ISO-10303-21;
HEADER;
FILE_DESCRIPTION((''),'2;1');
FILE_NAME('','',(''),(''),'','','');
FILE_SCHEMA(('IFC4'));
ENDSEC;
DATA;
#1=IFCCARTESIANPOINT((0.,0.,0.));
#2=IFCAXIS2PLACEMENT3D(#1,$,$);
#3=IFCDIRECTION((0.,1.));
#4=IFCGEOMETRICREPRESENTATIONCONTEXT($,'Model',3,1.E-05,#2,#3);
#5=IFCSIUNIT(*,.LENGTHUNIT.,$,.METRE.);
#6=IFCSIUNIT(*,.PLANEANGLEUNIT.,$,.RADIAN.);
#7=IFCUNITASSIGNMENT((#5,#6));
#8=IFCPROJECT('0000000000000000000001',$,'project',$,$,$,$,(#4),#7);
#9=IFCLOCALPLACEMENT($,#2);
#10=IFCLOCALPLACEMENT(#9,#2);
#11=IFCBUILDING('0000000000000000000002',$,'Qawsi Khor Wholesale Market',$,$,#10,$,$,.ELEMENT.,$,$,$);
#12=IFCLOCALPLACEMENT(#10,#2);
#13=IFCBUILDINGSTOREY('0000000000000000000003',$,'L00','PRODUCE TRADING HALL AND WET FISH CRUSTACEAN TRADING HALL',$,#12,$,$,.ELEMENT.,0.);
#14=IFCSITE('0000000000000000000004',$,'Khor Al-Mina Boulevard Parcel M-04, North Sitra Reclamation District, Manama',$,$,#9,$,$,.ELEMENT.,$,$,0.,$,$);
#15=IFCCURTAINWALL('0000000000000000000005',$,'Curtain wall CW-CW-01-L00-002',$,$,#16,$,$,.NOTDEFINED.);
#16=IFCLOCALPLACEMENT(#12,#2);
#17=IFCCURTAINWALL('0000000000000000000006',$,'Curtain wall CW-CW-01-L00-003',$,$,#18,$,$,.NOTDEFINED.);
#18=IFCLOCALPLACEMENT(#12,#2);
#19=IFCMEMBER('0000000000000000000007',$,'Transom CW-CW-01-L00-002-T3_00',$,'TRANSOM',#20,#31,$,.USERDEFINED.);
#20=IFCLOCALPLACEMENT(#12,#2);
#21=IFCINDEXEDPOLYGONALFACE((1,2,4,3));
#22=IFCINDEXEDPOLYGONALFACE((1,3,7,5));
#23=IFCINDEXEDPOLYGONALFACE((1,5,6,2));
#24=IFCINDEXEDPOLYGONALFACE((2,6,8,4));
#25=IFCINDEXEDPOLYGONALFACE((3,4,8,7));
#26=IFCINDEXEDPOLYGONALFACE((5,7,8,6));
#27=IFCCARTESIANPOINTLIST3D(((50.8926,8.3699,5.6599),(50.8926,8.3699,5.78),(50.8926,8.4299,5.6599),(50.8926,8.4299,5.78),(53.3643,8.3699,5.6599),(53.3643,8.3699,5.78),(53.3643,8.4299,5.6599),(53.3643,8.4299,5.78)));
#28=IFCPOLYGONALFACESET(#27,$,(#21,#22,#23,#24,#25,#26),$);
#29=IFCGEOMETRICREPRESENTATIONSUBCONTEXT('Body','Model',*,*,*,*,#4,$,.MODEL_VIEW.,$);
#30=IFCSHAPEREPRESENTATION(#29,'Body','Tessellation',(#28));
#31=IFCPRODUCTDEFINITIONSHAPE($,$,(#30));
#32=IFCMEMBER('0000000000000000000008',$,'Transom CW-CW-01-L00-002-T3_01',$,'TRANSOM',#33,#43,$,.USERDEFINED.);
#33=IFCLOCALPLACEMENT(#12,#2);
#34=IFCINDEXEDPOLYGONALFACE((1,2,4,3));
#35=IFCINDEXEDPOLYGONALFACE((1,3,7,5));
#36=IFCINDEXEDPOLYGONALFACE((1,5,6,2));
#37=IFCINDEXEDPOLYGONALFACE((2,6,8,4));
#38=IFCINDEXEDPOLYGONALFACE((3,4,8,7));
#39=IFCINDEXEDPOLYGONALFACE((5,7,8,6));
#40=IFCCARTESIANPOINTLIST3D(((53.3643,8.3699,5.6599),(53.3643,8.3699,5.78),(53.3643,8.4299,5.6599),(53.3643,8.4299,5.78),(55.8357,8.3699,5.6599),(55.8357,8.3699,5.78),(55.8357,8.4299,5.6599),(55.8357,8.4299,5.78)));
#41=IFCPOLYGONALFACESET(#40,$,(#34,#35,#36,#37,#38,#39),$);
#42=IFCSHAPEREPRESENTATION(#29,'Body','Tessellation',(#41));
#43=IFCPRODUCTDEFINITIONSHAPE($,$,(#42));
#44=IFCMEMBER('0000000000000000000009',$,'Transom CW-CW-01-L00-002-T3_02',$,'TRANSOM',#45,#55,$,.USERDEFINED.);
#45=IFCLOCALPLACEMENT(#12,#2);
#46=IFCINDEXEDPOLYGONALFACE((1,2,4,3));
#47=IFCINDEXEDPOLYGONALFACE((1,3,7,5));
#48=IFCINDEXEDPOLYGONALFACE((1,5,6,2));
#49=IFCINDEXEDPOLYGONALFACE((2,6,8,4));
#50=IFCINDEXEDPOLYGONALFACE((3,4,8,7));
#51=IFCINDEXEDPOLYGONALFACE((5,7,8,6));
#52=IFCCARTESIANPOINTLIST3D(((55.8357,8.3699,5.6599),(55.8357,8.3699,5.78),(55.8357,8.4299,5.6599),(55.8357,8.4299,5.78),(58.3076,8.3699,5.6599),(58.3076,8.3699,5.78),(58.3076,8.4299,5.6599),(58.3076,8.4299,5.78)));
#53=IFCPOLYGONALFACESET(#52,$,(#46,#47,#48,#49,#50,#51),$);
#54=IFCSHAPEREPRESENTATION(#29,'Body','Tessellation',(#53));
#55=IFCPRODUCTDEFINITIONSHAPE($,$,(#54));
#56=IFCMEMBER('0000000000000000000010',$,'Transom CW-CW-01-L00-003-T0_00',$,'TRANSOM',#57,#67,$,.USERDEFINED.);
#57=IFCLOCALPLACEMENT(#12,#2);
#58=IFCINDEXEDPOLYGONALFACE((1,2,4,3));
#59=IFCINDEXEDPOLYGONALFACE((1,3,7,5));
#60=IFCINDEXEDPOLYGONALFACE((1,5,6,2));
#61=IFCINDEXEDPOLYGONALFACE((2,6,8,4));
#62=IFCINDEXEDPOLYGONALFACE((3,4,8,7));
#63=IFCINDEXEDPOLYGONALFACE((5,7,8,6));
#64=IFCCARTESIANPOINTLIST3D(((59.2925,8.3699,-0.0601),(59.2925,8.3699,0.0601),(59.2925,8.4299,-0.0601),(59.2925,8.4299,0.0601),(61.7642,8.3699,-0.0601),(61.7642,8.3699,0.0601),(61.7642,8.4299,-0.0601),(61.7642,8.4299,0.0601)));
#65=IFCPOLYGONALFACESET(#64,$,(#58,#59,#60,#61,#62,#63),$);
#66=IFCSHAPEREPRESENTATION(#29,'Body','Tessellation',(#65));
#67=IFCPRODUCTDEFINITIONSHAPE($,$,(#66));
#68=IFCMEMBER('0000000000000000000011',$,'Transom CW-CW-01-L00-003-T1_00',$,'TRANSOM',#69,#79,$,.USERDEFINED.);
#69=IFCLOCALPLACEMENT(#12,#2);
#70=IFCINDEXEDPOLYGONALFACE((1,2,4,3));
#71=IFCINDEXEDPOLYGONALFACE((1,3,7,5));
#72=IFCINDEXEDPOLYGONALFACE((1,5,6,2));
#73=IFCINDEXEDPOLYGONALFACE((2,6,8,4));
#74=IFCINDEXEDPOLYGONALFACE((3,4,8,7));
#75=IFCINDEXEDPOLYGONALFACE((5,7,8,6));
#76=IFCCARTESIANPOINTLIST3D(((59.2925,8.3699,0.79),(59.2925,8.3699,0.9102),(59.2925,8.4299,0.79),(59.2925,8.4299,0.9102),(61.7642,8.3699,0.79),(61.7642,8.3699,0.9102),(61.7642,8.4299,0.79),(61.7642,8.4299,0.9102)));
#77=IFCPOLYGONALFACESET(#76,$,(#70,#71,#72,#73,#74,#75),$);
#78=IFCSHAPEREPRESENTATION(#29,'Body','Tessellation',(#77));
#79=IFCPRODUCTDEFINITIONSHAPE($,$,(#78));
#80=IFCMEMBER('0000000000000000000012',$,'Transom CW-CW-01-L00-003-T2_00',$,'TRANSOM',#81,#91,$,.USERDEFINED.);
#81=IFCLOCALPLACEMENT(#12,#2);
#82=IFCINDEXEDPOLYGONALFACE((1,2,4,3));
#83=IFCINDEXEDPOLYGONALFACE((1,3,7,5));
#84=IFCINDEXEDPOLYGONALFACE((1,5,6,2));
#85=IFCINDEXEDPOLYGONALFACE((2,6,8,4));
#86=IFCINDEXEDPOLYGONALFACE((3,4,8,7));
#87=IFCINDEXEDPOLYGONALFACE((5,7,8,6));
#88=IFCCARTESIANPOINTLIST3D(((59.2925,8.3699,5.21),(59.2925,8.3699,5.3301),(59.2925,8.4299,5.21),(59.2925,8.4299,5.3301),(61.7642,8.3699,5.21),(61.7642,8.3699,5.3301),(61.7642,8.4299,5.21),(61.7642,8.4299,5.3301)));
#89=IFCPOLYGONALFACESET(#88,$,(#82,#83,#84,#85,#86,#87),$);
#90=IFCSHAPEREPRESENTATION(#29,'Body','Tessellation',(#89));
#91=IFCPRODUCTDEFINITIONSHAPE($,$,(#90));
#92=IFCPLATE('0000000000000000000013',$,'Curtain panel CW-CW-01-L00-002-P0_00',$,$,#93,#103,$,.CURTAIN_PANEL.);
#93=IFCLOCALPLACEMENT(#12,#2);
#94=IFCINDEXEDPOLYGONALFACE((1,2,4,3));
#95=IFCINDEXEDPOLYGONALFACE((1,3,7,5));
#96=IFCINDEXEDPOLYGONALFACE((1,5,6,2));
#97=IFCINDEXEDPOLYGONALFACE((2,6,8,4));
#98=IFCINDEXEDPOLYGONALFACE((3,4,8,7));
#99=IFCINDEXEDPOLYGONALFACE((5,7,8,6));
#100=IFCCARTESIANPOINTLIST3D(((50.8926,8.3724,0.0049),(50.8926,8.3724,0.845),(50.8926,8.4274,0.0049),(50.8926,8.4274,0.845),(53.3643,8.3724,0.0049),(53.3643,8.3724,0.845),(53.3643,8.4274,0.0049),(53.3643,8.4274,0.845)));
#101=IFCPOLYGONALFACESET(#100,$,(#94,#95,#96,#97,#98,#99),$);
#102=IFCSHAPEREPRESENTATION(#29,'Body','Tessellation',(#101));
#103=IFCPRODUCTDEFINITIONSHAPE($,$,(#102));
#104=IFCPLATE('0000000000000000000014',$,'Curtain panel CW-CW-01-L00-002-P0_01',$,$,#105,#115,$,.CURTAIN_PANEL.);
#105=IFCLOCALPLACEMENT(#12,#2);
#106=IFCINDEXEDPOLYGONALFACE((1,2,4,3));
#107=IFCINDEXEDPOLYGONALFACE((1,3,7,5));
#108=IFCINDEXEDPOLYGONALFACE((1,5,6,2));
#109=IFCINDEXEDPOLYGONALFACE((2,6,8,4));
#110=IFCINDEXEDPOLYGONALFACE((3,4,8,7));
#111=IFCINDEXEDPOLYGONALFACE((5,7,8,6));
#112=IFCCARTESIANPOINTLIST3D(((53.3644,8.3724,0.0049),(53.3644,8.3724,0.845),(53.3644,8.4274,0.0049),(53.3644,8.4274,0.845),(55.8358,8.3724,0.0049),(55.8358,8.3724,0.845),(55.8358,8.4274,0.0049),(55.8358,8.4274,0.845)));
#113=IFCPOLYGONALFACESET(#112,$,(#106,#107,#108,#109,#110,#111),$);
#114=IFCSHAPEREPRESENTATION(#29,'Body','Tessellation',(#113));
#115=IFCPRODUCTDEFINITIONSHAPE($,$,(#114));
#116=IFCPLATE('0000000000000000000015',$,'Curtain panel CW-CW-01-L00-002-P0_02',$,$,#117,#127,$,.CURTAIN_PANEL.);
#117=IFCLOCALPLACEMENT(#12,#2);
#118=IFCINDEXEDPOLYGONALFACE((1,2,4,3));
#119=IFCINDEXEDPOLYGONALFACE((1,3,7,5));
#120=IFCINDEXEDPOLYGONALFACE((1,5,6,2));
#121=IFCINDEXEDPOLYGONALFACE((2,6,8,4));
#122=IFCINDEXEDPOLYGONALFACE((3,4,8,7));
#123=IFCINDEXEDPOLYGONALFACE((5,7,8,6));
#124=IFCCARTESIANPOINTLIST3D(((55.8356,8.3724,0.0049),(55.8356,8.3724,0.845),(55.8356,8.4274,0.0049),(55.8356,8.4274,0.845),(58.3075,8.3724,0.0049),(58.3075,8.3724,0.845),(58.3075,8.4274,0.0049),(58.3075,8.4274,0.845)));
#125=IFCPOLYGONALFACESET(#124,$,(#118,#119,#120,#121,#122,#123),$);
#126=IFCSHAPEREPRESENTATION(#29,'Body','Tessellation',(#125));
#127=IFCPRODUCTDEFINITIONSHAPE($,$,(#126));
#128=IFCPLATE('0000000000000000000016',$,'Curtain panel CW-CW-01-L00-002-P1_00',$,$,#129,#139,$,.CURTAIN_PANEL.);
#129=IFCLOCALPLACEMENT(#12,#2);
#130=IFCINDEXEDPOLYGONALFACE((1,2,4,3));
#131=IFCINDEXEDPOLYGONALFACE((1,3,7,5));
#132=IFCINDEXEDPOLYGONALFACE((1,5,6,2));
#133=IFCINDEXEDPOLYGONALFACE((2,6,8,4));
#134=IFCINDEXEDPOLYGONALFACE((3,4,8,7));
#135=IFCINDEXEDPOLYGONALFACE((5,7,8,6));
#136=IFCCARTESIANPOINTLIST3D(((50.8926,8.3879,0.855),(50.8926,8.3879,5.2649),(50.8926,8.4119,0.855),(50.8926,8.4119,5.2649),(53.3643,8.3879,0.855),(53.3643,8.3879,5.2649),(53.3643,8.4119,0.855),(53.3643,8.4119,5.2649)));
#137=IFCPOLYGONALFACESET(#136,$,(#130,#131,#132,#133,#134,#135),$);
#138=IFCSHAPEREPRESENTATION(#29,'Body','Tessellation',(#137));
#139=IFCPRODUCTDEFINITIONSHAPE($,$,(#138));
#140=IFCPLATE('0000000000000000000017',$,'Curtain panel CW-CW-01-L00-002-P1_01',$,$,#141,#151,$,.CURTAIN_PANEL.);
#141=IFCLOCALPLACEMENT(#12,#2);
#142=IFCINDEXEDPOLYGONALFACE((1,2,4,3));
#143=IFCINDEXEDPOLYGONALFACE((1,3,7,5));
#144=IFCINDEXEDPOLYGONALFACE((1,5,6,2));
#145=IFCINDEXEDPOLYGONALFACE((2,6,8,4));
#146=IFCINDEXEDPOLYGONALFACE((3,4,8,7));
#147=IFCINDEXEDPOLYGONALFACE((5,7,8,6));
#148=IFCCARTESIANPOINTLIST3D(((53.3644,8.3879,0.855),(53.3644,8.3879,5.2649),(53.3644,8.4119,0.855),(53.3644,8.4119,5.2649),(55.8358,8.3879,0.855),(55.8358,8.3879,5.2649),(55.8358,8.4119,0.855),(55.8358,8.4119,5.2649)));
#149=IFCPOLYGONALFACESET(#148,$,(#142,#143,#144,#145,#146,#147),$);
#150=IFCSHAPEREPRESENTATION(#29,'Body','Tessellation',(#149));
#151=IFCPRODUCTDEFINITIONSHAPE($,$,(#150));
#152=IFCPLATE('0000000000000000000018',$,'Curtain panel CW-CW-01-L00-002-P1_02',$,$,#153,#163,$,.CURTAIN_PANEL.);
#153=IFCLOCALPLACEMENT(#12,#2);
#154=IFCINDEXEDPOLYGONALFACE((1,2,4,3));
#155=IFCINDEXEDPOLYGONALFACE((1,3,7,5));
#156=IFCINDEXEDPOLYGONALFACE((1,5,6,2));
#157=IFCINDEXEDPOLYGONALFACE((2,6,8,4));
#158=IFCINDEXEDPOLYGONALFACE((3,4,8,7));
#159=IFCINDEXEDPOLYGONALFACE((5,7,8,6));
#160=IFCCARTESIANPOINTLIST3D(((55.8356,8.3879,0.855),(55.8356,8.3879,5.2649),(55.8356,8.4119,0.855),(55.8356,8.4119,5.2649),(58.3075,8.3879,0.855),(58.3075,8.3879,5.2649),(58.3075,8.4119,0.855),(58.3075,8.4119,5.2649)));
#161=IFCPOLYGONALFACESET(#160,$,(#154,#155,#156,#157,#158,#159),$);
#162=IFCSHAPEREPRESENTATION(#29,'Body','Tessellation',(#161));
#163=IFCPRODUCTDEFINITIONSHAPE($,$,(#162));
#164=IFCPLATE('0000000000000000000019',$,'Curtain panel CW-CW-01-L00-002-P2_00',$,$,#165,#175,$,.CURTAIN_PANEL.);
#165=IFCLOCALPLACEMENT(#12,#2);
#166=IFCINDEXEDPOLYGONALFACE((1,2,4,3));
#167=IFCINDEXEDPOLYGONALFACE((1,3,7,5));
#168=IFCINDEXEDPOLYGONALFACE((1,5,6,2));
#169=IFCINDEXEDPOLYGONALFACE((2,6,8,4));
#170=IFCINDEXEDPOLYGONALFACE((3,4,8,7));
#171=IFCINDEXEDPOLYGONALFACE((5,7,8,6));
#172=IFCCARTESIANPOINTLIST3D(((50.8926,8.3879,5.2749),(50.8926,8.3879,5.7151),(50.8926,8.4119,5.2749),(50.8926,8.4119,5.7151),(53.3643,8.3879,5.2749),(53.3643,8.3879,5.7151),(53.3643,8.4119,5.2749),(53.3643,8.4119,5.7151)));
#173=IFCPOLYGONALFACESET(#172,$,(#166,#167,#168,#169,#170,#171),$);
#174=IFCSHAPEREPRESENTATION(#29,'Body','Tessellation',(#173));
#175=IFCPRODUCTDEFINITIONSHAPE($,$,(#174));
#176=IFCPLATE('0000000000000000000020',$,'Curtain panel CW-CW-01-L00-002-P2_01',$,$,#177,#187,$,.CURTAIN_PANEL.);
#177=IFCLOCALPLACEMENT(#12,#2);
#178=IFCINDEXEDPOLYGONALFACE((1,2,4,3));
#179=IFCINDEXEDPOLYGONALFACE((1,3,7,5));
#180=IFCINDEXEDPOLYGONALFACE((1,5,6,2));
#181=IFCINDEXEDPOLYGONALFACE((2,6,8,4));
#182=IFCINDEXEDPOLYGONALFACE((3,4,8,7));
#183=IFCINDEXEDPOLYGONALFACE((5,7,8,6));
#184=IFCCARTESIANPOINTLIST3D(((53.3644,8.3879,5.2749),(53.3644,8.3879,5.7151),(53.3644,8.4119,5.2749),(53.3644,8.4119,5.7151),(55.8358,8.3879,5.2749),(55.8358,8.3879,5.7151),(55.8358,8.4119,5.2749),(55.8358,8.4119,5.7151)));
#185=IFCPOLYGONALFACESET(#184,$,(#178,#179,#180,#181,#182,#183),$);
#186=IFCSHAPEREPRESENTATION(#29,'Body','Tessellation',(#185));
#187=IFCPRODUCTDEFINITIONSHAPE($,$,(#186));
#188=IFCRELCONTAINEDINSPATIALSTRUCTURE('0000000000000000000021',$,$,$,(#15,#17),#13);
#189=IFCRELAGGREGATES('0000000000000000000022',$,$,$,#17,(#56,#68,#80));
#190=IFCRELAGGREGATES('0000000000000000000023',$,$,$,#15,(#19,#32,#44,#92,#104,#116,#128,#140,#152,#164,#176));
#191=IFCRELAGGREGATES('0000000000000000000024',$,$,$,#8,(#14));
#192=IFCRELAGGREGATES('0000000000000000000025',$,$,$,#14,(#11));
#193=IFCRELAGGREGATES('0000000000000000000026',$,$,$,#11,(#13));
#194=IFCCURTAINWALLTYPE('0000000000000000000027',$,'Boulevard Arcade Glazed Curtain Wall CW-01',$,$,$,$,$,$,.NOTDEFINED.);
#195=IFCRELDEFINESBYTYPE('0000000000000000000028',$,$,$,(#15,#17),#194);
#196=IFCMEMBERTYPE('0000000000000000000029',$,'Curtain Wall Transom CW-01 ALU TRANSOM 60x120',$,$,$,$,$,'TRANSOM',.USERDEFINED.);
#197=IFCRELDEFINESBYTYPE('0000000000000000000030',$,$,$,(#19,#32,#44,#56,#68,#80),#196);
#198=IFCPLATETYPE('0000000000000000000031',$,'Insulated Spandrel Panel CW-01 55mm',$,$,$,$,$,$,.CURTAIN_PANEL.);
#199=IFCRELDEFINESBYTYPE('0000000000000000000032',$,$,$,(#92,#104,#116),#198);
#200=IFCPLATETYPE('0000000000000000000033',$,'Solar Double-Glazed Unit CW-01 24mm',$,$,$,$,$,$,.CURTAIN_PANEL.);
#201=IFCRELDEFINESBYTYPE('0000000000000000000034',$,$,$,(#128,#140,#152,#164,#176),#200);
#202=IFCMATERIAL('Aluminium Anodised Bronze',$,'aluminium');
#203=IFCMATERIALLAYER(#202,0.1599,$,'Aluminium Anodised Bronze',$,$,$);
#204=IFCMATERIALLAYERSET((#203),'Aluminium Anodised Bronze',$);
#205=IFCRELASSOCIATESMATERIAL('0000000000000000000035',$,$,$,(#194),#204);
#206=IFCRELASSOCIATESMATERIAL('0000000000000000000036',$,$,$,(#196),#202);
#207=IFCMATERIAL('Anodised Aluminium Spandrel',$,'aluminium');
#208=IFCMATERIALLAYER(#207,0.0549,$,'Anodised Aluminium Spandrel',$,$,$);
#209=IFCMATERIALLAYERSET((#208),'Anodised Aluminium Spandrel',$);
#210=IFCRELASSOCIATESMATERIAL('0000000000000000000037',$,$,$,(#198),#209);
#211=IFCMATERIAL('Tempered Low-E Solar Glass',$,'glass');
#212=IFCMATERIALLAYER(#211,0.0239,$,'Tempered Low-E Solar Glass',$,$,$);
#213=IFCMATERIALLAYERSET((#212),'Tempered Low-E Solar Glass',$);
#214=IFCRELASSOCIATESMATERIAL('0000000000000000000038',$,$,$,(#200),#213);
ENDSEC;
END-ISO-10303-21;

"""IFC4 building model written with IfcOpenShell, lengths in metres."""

from ifc_helpers import new_model, si_unit, direction, frame, frame_2d, origin, origin_2d, place, context, subcontext, project, spatial, rectangle, extrude, material, layer, layer_set, material_profile, profile_set, type_object, element, aggregate, save


model = new_model("IFC4")

# Units and contexts
model_context = context("Model", 3, precision=1e-05, world=origin(), true_north=direction((0.0, 1.0)))
body_context = subcontext(model_context, "Body", "Model", "MODEL_VIEW")
ifc_project = project(units=[si_unit("LENGTHUNIT", "METRE"), si_unit("PLANEANGLEUNIT", "RADIAN")], contexts=[model_context])

# Site, building, storey
site_placement = place(None, origin())
site = spatial("IfcSite", under=ifc_project, at=site_placement, Name="Khor Al-Mina Boulevard Parcel M-04, North Sitra Reclamation District, Manama", CompositionType="ELEMENT", RefElevation=0.0)
building_placement = place(site_placement, origin())
building = spatial("IfcBuilding", under=site, at=building_placement, Name="Qawsi Khor Wholesale Market", CompositionType="ELEMENT")
storey_placement = place(building_placement, origin())
storey = spatial("IfcBuildingStorey", under=building, at=storey_placement, Name="L00", Description="PRODUCE TRADING HALL AND WET FISH CRUSTACEAN TRADING HALL", CompositionType="ELEMENT", Elevation=0.0)

# Curtain wall
ifc_material_1 = material(Name="Aluminium Anodised Bronze", Category="aluminium")
ifc_layer_1 = layer(ifc_material_1, 0.1599, Name="Aluminium Anodised Bronze")
ifc_layer_set_1 = layer_set([ifc_layer_1], Name="Aluminium Anodised Bronze")
curtain_wall_type = type_object("IfcCurtainWallType", Name="Boulevard Arcade Glazed Curtain Wall CW-01", PredefinedType="NOTDEFINED", material=ifc_layer_set_1)
curtain_wall_1_placement = place(storey_placement, origin())
curtain_wall_1 = element("IfcCurtainWall", 1, at=curtain_wall_1_placement, inside=storey, type_object=curtain_wall_type, Name="Curtain wall CW-CW-01-L00-002", PredefinedType="NOTDEFINED")

# Curtain wall
curtain_wall_2_placement = place(storey_placement, origin())
curtain_wall_2 = element("IfcCurtainWall", 2, at=curtain_wall_2_placement, inside=storey, type_object=curtain_wall_type, Name="Curtain wall CW-CW-01-L00-003", PredefinedType="NOTDEFINED")

# Members
ifc_material_profile_1 = material_profile(ifc_material_1, rectangle(XDim=0.0601, YDim=0.1201, at=origin_2d()), Name="ALU TRANSOM 60x120")
ifc_profile_set_1 = profile_set([ifc_material_profile_1], Name="Aluminium Anodised Bronze")
member_type_1 = type_object("IfcMemberType", Name="Curtain Wall Transom CW-01 ALU TRANSOM 60x120", ElementType="TRANSOM", PredefinedType="USERDEFINED", material=ifc_profile_set_1)
member_1_placement = place(storey_placement, frame((50.8926, 8.3999, 5.72), z_axis=(1.0, 0.0, 0.0), x_axis=(0.0, 1.0, 0.0)))
member_1 = element("IfcMember", 3, at=member_1_placement, type_object=member_type_1, Name="Transom CW-CW-01-L00-002-T3_00", ObjectType="TRANSOM", PredefinedType="USERDEFINED", context=body_context, shape_type="SweptSolid", body=[
    extrude(rectangle(XDim=0.0601, YDim=0.1201, at=origin_2d()), origin(), (0.0, 0.0, 1.0), 2.4717),
])
member_2_placement = place(storey_placement, frame((53.3643, 8.3999, 5.72), z_axis=(1.0, 0.0, 0.0), x_axis=(0.0, 1.0, 0.0)))
member_2 = element("IfcMember", 4, at=member_2_placement, type_object=member_type_1, Name="Transom CW-CW-01-L00-002-T3_01", ObjectType="TRANSOM", PredefinedType="USERDEFINED", context=body_context, shape_type="SweptSolid", body=[
    extrude(rectangle(XDim=0.0601, YDim=0.1201, at=origin_2d()), origin(), (0.0, 0.0, 1.0), 2.4714),
])
member_3_placement = place(storey_placement, frame((55.8357, 8.3999, 5.72), z_axis=(1.0, 0.0, 0.0), x_axis=(0.0, 1.0, 0.0)))
member_3 = element("IfcMember", 5, at=member_3_placement, type_object=member_type_1, Name="Transom CW-CW-01-L00-002-T3_02", ObjectType="TRANSOM", PredefinedType="USERDEFINED", context=body_context, shape_type="SweptSolid", body=[
    extrude(rectangle(XDim=0.0601, YDim=0.1201, at=origin_2d()), origin(), (0.0, 0.0, 1.0), 2.4719),
])
member_4_placement = place(storey_placement, frame((59.2925, 8.3999, 0.0), z_axis=(1.0, 0.0, 0.0), x_axis=(0.0, 1.0, 0.0)))
member_4 = element("IfcMember", 6, at=member_4_placement, type_object=member_type_1, Name="Transom CW-CW-01-L00-003-T0_00", ObjectType="TRANSOM", PredefinedType="USERDEFINED", context=body_context, shape_type="SweptSolid", body=[
    extrude(rectangle(XDim=0.0601, YDim=0.1201, at=origin_2d()), origin(), (0.0, 0.0, 1.0), 2.4717),
])
member_5_placement = place(storey_placement, frame((59.2925, 8.3999, 0.8501), z_axis=(1.0, 0.0, 0.0), x_axis=(0.0, 1.0, 0.0)))
member_5 = element("IfcMember", 7, at=member_5_placement, type_object=member_type_1, Name="Transom CW-CW-01-L00-003-T1_00", ObjectType="TRANSOM", PredefinedType="USERDEFINED", context=body_context, shape_type="SweptSolid", body=[
    extrude(rectangle(XDim=0.0601, YDim=0.1201, at=origin_2d()), origin(), (0.0, 0.0, 1.0), 2.4717),
])
member_6_placement = place(storey_placement, frame((59.2925, 8.3999, 5.27), z_axis=(1.0, 0.0, 0.0), x_axis=(0.0, 1.0, 0.0)))
member_6 = element("IfcMember", 8, at=member_6_placement, type_object=member_type_1, Name="Transom CW-CW-01-L00-003-T2_00", ObjectType="TRANSOM", PredefinedType="USERDEFINED", context=body_context, shape_type="SweptSolid", body=[
    extrude(rectangle(XDim=0.0601, YDim=0.1201, at=origin_2d()), origin(), (0.0, 0.0, 1.0), 2.4717),
])
aggregate(curtain_wall_2, [member_4, member_5, member_6])

# Plates
ifc_material_2 = material(Name="Anodised Aluminium Spandrel", Category="aluminium")
ifc_layer_2 = layer(ifc_material_2, 0.0549, Name="Anodised Aluminium Spandrel")
ifc_layer_set_2 = layer_set([ifc_layer_2], Name="Anodised Aluminium Spandrel")
plate_type_1 = type_object("IfcPlateType", Name="Insulated Spandrel Panel CW-01 55mm", PredefinedType="CURTAIN_PANEL", material=ifc_layer_set_2)
plate_1_placement = place(storey_placement, frame((50.8926, 8.3999, 0.0049), z_axis=(0.0, 0.0, 1.0), x_axis=(1.0, 0.0, 0.0)))
plate_1 = element("IfcPlate", 9, at=plate_1_placement, type_object=plate_type_1, Name="Curtain panel CW-CW-01-L00-002-P0_00", PredefinedType="CURTAIN_PANEL", context=body_context, shape_type="SweptSolid", body=[
    extrude(rectangle(XDim=2.4717, YDim=0.0549, at=frame_2d((1.2358, 0.0))), origin(), (0.0, 0.0, 1.0), 0.8401),
])
plate_2_placement = place(storey_placement, frame((53.3643, 8.3999, 0.0049), z_axis=(0.0, 0.0, 1.0), x_axis=(1.0, 0.0, 0.0)))
plate_2 = element("IfcPlate", 10, at=plate_2_placement, type_object=plate_type_1, Name="Curtain panel CW-CW-01-L00-002-P0_01", PredefinedType="CURTAIN_PANEL", context=body_context, shape_type="SweptSolid", body=[
    extrude(rectangle(XDim=2.4714, YDim=0.0549, at=frame_2d((1.2358, 0.0))), origin(), (0.0, 0.0, 1.0), 0.8401),
])
plate_3_placement = place(storey_placement, frame((55.8357, 8.3999, 0.0049), z_axis=(0.0, 0.0, 1.0), x_axis=(1.0, 0.0, 0.0)))
plate_3 = element("IfcPlate", 11, at=plate_3_placement, type_object=plate_type_1, Name="Curtain panel CW-CW-01-L00-002-P0_02", PredefinedType="CURTAIN_PANEL", context=body_context, shape_type="SweptSolid", body=[
    extrude(rectangle(XDim=2.4719, YDim=0.0549, at=frame_2d((1.2358, 0.0))), origin(), (0.0, 0.0, 1.0), 0.8401),
])
ifc_material_3 = material(Name="Tempered Low-E Solar Glass", Category="glass")
ifc_layer_3 = layer(ifc_material_3, 0.0239, Name="Tempered Low-E Solar Glass")
ifc_layer_set_3 = layer_set([ifc_layer_3], Name="Tempered Low-E Solar Glass")
plate_type_2 = type_object("IfcPlateType", Name="Solar Double-Glazed Unit CW-01 24mm", PredefinedType="CURTAIN_PANEL", material=ifc_layer_set_3)
plate_4_placement = place(storey_placement, frame((50.8926, 8.3999, 0.855), z_axis=(0.0, 0.0, 1.0), x_axis=(1.0, 0.0, 0.0)))
plate_4 = element("IfcPlate", 12, at=plate_4_placement, type_object=plate_type_2, Name="Curtain panel CW-CW-01-L00-002-P1_00", PredefinedType="CURTAIN_PANEL", context=body_context, shape_type="SweptSolid", body=[
    extrude(rectangle(XDim=2.4717, YDim=0.0239, at=frame_2d((1.2358, 0.0))), origin(), (0.0, 0.0, 1.0), 4.4099),
])
plate_5_placement = place(storey_placement, frame((53.3643, 8.3999, 0.855), z_axis=(0.0, 0.0, 1.0), x_axis=(1.0, 0.0, 0.0)))
plate_5 = element("IfcPlate", 13, at=plate_5_placement, type_object=plate_type_2, Name="Curtain panel CW-CW-01-L00-002-P1_01", PredefinedType="CURTAIN_PANEL", context=body_context, shape_type="SweptSolid", body=[
    extrude(rectangle(XDim=2.4714, YDim=0.0239, at=frame_2d((1.2358, 0.0))), origin(), (0.0, 0.0, 1.0), 4.4099),
])
plate_6_placement = place(storey_placement, frame((55.8357, 8.3999, 0.855), z_axis=(0.0, 0.0, 1.0), x_axis=(1.0, 0.0, 0.0)))
plate_6 = element("IfcPlate", 14, at=plate_6_placement, type_object=plate_type_2, Name="Curtain panel CW-CW-01-L00-002-P1_02", PredefinedType="CURTAIN_PANEL", context=body_context, shape_type="SweptSolid", body=[
    extrude(rectangle(XDim=2.4719, YDim=0.0239, at=frame_2d((1.2358, 0.0))), origin(), (0.0, 0.0, 1.0), 4.4099),
])
plate_7_placement = place(storey_placement, frame((50.8926, 8.3999, 5.2749), z_axis=(0.0, 0.0, 1.0), x_axis=(1.0, 0.0, 0.0)))
plate_7 = element("IfcPlate", 15, at=plate_7_placement, type_object=plate_type_2, Name="Curtain panel CW-CW-01-L00-002-P2_00", PredefinedType="CURTAIN_PANEL", context=body_context, shape_type="SweptSolid", body=[
    extrude(rectangle(XDim=2.4717, YDim=0.0239, at=frame_2d((1.2358, 0.0))), origin(), (0.0, 0.0, 1.0), 0.4402),
])
plate_8_placement = place(storey_placement, frame((53.3643, 8.3999, 5.2749), z_axis=(0.0, 0.0, 1.0), x_axis=(1.0, 0.0, 0.0)))
plate_8 = element("IfcPlate", 16, at=plate_8_placement, type_object=plate_type_2, Name="Curtain panel CW-CW-01-L00-002-P2_01", PredefinedType="CURTAIN_PANEL", context=body_context, shape_type="SweptSolid", body=[
    extrude(rectangle(XDim=2.4714, YDim=0.0239, at=frame_2d((1.2358, 0.0))), origin(), (0.0, 0.0, 1.0), 0.4402),
])
aggregate(curtain_wall_1, [member_1, member_2, member_3, plate_1, plate_2, plate_3, plate_4, plate_5, plate_6, plate_7, plate_8])

save(model, "model.ifc")
